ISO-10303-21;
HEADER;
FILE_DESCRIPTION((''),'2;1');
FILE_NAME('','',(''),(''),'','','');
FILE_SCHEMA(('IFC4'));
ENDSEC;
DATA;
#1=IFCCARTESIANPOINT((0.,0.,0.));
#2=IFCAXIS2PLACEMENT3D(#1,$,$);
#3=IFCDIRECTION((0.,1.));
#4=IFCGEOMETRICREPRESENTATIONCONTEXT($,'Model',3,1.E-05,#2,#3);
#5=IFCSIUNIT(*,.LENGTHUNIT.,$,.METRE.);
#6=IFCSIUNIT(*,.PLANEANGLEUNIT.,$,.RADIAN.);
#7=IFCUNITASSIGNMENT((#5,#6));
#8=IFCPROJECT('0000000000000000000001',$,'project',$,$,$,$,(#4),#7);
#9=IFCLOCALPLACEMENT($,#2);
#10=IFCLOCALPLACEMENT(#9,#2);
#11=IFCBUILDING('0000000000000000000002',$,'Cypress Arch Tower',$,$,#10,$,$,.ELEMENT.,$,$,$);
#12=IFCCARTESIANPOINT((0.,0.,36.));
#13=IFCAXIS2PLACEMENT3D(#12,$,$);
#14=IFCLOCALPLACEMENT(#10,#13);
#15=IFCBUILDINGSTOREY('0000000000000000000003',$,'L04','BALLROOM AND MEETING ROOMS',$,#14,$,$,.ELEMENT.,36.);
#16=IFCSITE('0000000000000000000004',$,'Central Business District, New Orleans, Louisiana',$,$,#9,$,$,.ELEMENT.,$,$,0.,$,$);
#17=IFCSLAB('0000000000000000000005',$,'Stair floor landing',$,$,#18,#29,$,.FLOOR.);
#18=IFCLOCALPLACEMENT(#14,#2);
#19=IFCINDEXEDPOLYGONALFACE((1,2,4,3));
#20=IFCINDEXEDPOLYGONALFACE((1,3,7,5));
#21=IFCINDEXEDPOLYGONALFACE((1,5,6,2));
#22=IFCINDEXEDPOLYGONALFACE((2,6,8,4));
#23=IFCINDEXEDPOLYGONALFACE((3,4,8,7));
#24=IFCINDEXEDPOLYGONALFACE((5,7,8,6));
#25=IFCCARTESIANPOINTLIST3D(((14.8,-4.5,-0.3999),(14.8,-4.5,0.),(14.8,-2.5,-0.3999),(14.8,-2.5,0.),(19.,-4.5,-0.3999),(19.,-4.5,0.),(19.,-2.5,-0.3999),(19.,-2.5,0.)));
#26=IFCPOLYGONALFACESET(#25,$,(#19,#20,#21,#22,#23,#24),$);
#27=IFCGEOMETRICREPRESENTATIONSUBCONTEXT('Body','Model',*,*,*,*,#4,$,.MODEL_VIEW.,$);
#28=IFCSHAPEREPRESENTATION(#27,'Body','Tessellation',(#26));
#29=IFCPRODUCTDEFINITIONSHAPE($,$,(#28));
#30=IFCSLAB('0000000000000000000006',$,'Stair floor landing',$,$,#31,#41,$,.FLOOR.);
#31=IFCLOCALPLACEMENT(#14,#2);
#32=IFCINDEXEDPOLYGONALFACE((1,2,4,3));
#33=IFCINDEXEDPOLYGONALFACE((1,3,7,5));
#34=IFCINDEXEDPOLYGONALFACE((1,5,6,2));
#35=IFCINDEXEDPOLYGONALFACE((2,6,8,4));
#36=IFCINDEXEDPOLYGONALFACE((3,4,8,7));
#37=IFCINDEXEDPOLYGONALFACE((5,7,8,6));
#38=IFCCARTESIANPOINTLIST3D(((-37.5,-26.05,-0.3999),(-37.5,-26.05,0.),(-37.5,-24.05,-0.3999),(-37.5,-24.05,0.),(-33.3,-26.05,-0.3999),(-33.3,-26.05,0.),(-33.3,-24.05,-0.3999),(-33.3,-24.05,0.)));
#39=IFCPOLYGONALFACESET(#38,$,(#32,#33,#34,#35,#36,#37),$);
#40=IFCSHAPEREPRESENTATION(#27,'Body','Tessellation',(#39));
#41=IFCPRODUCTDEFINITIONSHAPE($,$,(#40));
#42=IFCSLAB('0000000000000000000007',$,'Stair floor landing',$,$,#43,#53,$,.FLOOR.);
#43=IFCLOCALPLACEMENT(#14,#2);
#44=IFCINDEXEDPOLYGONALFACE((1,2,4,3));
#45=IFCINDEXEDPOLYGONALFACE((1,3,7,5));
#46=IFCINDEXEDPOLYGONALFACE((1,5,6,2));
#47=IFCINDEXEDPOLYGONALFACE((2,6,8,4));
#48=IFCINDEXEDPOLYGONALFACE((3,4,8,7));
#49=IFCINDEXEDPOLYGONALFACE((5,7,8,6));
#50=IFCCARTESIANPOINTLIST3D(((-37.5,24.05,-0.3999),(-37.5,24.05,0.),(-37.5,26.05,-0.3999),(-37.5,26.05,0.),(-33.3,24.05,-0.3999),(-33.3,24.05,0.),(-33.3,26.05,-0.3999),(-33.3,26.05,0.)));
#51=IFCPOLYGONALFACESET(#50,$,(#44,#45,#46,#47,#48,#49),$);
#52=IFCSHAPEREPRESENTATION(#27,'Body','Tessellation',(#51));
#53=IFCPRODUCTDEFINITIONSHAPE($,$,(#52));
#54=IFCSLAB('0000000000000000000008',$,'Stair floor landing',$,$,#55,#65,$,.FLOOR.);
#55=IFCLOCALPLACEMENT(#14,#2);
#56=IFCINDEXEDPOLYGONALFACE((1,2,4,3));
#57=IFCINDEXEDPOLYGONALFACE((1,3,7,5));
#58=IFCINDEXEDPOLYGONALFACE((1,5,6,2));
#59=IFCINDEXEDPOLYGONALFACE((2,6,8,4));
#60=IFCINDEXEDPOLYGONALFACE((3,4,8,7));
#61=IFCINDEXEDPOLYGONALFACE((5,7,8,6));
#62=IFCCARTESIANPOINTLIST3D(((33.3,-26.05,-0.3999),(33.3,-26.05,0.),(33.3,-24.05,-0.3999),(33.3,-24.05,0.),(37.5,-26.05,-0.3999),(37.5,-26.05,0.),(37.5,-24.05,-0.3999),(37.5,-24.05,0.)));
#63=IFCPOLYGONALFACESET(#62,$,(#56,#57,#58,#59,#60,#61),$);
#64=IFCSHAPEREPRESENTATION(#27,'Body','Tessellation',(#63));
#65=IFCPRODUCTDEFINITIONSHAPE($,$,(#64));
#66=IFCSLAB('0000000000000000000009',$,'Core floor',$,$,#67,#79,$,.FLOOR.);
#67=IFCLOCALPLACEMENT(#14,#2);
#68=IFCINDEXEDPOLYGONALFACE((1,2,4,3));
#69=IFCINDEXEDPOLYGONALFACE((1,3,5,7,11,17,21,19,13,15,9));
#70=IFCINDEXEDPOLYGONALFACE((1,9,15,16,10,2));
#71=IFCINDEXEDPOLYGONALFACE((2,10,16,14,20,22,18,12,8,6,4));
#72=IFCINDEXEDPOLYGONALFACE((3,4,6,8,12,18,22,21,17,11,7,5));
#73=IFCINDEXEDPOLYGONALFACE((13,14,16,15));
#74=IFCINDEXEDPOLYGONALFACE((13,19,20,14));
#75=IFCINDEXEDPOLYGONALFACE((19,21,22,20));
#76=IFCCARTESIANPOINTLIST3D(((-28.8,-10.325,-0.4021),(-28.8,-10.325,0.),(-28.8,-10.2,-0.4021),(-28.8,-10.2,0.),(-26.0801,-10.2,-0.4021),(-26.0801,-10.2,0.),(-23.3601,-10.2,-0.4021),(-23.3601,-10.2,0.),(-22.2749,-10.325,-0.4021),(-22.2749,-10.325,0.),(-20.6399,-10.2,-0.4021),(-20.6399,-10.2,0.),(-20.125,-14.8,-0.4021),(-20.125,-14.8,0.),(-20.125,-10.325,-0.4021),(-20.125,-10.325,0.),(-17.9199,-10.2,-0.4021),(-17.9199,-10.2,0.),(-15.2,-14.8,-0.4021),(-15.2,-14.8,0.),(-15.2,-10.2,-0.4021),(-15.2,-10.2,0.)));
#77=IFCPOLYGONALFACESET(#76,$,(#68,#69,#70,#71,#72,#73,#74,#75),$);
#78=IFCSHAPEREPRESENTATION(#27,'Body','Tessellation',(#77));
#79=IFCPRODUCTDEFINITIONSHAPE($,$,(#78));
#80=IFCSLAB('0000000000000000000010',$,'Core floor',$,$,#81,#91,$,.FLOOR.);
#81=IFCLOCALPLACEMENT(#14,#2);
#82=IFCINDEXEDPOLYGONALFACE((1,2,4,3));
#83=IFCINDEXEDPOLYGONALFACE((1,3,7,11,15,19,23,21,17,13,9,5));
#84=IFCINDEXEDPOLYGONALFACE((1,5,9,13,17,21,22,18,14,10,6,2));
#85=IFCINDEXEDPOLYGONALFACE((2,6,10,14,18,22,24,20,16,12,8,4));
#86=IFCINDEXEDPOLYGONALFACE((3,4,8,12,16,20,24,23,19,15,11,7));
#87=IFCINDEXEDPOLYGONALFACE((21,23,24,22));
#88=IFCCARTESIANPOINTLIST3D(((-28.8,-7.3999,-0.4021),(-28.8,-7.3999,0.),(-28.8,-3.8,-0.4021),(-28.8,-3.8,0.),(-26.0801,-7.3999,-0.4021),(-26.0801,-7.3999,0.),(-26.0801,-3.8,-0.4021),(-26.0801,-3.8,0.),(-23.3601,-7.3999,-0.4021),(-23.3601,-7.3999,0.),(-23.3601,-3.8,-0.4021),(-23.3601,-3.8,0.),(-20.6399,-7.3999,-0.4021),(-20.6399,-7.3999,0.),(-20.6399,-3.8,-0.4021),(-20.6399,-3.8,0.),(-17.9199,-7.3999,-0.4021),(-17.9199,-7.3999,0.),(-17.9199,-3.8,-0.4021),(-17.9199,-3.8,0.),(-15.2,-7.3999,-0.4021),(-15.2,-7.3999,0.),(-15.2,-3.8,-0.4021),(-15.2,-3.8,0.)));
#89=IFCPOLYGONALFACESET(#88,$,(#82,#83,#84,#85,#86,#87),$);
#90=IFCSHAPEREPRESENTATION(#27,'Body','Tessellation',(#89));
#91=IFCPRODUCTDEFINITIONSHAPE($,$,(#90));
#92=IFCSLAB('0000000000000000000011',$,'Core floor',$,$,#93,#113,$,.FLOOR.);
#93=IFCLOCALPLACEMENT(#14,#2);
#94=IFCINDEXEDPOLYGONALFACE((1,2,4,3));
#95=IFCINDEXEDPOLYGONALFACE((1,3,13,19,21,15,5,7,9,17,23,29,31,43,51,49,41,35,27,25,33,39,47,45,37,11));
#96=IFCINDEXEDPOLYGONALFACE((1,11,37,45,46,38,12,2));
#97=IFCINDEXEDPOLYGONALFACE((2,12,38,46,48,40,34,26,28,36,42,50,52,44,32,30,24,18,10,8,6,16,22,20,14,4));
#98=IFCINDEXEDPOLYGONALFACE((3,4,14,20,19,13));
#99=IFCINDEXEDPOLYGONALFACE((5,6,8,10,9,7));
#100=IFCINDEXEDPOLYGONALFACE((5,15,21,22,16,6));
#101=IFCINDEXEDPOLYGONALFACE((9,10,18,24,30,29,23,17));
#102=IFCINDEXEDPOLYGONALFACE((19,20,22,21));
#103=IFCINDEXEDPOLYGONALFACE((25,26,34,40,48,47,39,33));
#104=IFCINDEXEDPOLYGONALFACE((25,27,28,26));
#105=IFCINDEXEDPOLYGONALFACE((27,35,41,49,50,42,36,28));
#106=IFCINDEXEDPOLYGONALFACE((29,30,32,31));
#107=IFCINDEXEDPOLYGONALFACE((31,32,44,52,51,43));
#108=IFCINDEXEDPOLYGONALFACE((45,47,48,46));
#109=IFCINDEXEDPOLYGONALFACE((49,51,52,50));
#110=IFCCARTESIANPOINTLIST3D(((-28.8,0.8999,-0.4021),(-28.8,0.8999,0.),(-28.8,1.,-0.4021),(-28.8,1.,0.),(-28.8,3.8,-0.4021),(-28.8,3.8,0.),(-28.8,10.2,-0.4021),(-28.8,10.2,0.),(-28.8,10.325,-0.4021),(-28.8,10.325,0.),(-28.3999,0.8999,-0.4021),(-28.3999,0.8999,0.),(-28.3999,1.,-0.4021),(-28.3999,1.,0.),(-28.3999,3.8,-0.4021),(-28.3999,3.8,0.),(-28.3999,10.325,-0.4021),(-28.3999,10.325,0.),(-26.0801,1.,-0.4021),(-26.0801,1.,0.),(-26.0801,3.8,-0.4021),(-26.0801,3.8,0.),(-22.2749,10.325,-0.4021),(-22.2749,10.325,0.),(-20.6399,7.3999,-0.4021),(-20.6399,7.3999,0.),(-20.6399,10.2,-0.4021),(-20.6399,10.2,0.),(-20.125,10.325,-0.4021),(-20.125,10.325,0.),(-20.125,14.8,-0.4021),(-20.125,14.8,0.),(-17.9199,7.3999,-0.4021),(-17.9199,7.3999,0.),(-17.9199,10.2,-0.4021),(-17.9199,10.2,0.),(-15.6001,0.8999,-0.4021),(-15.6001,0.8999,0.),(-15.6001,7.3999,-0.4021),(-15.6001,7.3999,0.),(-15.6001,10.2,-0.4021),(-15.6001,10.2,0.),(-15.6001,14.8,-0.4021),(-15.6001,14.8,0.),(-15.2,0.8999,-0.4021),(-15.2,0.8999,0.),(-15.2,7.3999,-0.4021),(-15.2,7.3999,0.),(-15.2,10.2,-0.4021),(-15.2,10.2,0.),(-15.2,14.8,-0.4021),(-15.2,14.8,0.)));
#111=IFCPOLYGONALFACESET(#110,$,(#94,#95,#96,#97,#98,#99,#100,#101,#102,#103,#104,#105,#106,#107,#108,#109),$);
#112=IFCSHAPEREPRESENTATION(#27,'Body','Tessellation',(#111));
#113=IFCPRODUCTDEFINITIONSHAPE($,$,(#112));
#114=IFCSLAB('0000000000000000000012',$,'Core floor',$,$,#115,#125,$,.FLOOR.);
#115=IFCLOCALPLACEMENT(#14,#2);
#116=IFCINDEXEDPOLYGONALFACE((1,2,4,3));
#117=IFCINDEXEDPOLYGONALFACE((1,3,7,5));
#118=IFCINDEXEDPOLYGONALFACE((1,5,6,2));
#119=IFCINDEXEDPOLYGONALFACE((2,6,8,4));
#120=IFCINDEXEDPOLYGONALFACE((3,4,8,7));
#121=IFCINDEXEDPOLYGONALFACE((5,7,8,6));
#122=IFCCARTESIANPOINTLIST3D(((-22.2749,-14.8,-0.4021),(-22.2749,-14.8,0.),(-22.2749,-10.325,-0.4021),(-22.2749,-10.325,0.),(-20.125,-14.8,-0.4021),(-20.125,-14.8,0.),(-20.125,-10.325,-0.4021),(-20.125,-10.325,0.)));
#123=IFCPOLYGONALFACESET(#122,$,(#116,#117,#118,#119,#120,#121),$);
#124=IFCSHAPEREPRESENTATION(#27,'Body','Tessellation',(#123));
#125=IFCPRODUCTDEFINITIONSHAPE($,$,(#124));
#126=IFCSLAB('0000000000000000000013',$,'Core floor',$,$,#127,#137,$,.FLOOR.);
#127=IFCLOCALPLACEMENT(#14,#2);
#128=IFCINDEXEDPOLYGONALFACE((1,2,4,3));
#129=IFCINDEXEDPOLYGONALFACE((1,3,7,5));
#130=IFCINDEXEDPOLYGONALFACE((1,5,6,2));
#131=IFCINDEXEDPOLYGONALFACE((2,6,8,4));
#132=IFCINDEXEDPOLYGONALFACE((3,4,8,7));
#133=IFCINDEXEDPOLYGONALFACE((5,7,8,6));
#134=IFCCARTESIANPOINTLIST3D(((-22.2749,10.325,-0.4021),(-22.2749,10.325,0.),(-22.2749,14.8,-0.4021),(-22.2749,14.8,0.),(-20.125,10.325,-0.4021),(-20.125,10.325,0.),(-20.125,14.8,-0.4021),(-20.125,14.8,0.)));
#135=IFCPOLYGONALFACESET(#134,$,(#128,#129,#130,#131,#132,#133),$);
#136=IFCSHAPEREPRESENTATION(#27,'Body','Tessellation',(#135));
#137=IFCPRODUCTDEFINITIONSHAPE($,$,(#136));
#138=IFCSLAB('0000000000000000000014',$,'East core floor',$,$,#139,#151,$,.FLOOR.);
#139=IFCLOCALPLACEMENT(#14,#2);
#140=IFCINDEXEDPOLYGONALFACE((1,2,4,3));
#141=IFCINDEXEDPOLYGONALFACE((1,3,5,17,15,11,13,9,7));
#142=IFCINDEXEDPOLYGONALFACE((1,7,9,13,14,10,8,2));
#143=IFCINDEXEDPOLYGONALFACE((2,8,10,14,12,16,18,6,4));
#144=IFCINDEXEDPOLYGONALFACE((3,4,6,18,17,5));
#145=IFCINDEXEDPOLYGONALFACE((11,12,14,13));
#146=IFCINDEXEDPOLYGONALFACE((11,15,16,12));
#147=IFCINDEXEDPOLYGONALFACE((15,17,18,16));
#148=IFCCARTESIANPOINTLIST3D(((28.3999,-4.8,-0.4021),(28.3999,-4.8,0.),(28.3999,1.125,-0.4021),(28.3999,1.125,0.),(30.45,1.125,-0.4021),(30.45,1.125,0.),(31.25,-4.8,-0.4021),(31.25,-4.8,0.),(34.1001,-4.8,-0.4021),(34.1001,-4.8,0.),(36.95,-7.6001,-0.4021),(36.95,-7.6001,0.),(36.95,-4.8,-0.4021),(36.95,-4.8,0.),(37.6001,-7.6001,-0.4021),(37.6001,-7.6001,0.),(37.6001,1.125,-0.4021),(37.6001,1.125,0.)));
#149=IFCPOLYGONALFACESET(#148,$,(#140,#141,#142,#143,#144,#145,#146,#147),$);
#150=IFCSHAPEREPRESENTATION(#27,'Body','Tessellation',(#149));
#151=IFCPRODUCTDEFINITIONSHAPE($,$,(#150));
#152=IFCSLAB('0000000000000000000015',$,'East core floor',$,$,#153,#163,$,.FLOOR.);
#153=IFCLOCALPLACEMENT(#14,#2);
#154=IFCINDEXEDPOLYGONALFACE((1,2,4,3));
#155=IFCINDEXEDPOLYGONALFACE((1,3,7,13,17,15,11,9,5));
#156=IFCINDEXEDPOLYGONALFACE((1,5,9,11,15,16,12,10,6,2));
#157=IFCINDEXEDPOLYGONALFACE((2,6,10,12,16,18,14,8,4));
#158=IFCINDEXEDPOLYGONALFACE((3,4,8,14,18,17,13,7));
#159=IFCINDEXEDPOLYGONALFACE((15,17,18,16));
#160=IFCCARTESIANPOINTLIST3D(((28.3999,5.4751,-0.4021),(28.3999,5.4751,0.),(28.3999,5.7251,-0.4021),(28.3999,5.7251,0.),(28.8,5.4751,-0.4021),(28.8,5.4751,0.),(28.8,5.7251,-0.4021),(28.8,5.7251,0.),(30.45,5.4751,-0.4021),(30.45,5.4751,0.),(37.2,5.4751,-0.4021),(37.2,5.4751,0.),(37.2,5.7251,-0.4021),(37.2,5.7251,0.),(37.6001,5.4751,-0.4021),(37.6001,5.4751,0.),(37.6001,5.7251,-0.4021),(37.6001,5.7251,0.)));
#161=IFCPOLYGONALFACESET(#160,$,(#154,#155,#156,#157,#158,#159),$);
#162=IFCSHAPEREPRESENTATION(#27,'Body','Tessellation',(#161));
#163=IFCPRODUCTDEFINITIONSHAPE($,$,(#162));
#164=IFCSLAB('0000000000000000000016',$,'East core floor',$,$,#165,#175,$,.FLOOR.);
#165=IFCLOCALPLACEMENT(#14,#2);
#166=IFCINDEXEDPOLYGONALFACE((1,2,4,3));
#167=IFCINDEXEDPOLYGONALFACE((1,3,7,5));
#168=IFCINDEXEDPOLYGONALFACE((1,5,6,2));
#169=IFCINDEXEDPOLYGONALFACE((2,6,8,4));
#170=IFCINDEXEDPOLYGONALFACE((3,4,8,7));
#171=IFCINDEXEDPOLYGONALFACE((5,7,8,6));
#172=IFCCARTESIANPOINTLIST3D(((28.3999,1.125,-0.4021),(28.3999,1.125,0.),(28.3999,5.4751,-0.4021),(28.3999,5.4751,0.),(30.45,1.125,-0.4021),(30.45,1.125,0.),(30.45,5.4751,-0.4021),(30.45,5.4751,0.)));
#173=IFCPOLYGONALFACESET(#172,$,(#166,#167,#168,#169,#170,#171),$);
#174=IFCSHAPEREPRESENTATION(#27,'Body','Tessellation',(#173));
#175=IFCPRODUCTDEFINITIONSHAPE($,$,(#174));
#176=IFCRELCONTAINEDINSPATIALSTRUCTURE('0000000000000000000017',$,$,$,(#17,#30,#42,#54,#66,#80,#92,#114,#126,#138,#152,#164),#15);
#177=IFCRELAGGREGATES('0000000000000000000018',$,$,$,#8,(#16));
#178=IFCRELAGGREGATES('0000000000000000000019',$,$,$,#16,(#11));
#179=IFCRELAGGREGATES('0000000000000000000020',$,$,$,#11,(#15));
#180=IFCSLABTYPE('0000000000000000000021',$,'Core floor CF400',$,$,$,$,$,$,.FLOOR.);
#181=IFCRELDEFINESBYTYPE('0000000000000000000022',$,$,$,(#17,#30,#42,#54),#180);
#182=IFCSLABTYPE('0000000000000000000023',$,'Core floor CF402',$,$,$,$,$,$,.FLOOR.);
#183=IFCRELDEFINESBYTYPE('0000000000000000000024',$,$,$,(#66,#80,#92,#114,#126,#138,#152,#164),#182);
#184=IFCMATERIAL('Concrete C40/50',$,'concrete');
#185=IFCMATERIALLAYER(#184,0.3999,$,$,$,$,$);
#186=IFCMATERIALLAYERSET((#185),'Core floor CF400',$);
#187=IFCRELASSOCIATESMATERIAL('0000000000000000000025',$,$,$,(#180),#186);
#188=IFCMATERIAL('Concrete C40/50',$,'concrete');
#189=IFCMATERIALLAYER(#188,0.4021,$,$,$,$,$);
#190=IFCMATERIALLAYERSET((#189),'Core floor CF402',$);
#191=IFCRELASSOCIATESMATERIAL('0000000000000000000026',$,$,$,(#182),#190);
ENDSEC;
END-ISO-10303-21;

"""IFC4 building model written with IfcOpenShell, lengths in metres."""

from ifc_helpers import new_model, si_unit, direction, frame, origin, place, context, subcontext, project, spatial, polyline, outline, extrude, material, layer, layer_set, type_object, element, save


model = new_model("IFC4")

# Units and contexts
model_context = context("Model", 3, precision=1e-05, world=origin(), true_north=direction((0.0, 1.0)))
body_context = subcontext(model_context, "Body", "Model", "MODEL_VIEW")
ifc_project = project(units=[si_unit("LENGTHUNIT", "METRE"), si_unit("PLANEANGLEUNIT", "RADIAN")], contexts=[model_context])

# Site, building, storey
site_placement = place(None, origin())
site = spatial("IfcSite", under=ifc_project, at=site_placement, Name="Central Business District, New Orleans, Louisiana", CompositionType="ELEMENT", RefElevation=0.0)
building_placement = place(site_placement, origin())
building = spatial("IfcBuilding", under=site, at=building_placement, Name="Cypress Arch Tower", CompositionType="ELEMENT")
storey_placement = place(building_placement, frame((0.0, 0.0, 36.0)))
storey = spatial("IfcBuildingStorey", under=building, at=storey_placement, Name="L04", Description="BALLROOM AND MEETING ROOMS", CompositionType="ELEMENT", Elevation=36.0)

# Slabs
ifc_material_1 = material(Name="Concrete C40/50", Category="concrete")
ifc_layer_1 = layer(ifc_material_1, 0.3999)
ifc_layer_set_1 = layer_set([ifc_layer_1], Name="Core floor CF400")
slab_type_1 = type_object("IfcSlabType", Name="Core floor CF400", PredefinedType="FLOOR", material=ifc_layer_set_1)
slab_1_placement = place(storey_placement, frame((0.0, 0.0, -0.3999)))
element("IfcSlab", 1, at=slab_1_placement, inside=storey, type_object=slab_type_1, Name="Stair floor landing", PredefinedType="FLOOR", context=body_context, shape_type="SweptSolid", body=[
    extrude(outline(polyline([(19.0, -4.5), (19.0, -2.5), (14.8, -2.5), (14.8, -4.5), (19.0, -4.5)])), origin(), (0.0, 0.0, 1.0), 0.3999),
])
slab_2_placement = place(storey_placement, frame((0.0, 0.0, -0.3999)))
element("IfcSlab", 2, at=slab_2_placement, inside=storey, type_object=slab_type_1, Name="Stair floor landing", PredefinedType="FLOOR", context=body_context, shape_type="SweptSolid", body=[
    extrude(outline(polyline([(-33.3, -26.05), (-33.3, -24.05), (-37.5, -24.05), (-37.5, -26.05), (-33.3, -26.05)])), origin(), (0.0, 0.0, 1.0), 0.3999),
])
slab_3_placement = place(storey_placement, frame((0.0, 0.0, -0.3999)))
element("IfcSlab", 3, at=slab_3_placement, inside=storey, type_object=slab_type_1, Name="Stair floor landing", PredefinedType="FLOOR", context=body_context, shape_type="SweptSolid", body=[
    extrude(outline(polyline([(-37.5, 26.05), (-37.5, 24.05), (-33.3, 24.05), (-33.3, 26.05), (-37.5, 26.05)])), origin(), (0.0, 0.0, 1.0), 0.3999),
])
slab_4_placement = place(storey_placement, frame((0.0, 0.0, -0.3999)))
element("IfcSlab", 4, at=slab_4_placement, inside=storey, type_object=slab_type_1, Name="Stair floor landing", PredefinedType="FLOOR", context=body_context, shape_type="SweptSolid", body=[
    extrude(outline(polyline([(37.5, -26.05), (37.5, -24.05), (33.3, -24.05), (33.3, -26.05), (37.5, -26.05)])), origin(), (0.0, 0.0, 1.0), 0.3999),
])
ifc_material_2 = material(Name="Concrete C40/50", Category="concrete")
ifc_layer_2 = layer(ifc_material_2, 0.4021)
ifc_layer_set_2 = layer_set([ifc_layer_2], Name="Core floor CF402")
slab_type_2 = type_object("IfcSlabType", Name="Core floor CF402", PredefinedType="FLOOR", material=ifc_layer_set_2)
slab_5_placement = place(storey_placement, frame((0.0, 0.0, -0.4021)))
element("IfcSlab", 5, at=slab_5_placement, inside=storey, type_object=slab_type_2, Name="Core floor", PredefinedType="FLOOR", context=body_context, shape_type="SweptSolid", body=[
    extrude(outline(polyline([(-20.125, -14.8), (-15.2, -14.8), (-15.2, -10.2), (-17.9199, -10.2), (-20.6399, -10.2), (-23.3601, -10.2), (-26.0801, -10.2), (-28.8, -10.2), (-28.8, -10.325), (-22.2749, -10.325), (-20.125, -10.325), (-20.125, -14.8)])), origin(), (0.0, 0.0, 1.0), 0.4021),
])
slab_6_placement = place(storey_placement, frame((0.0, 0.0, -0.4021)))
element("IfcSlab", 6, at=slab_6_placement, inside=storey, type_object=slab_type_2, Name="Core floor", PredefinedType="FLOOR", context=body_context, shape_type="SweptSolid", body=[
    extrude(outline(polyline([(-28.8, -3.8), (-28.8, -7.3999), (-26.0801, -7.3999), (-23.3601, -7.3999), (-20.6399, -7.3999), (-17.9199, -7.3999), (-15.2, -7.3999), (-15.2, -3.8), (-17.9199, -3.8), (-20.6399, -3.8), (-23.3601, -3.8), (-26.0801, -3.8), (-28.8, -3.8)])), origin(), (0.0, 0.0, 1.0), 0.4021),
])
slab_7_placement = place(storey_placement, frame((0.0, 0.0, -0.4021)))
element("IfcSlab", 7, at=slab_7_placement, inside=storey, type_object=slab_type_2, Name="Core floor", PredefinedType="FLOOR", context=body_context, shape_type="SweptSolid", body=[
    extrude(outline(polyline([(-28.8, 3.8), (-28.8, 10.2), (-28.8, 10.325), (-28.3999, 10.325), (-22.2749, 10.325), (-20.125, 10.325), (-20.125, 14.8), (-15.6001, 14.8), (-15.2, 14.8), (-15.2, 10.2), (-15.6001, 10.2), (-17.9199, 10.2), (-20.6399, 10.2), (-20.6399, 7.3999), (-17.9199, 7.3999), (-15.6001, 7.3999), (-15.2, 7.3999), (-15.2, 0.8999), (-15.6001, 0.8999), (-28.3999, 0.8999), (-28.8, 0.8999), (-28.8, 1.0), (-28.3999, 1.0), (-26.0801, 1.0), (-26.0801, 3.8), (-28.3999, 3.8), (-28.8, 3.8)])), origin(), (0.0, 0.0, 1.0), 0.4021),
])
slab_8_placement = place(storey_placement, frame((0.0, 0.0, -0.4021)))
element("IfcSlab", 8, at=slab_8_placement, inside=storey, type_object=slab_type_2, Name="Core floor", PredefinedType="FLOOR", context=body_context, shape_type="SweptSolid", body=[
    extrude(outline(polyline([(-22.2749, -10.325), (-22.2749, -14.8), (-20.125, -14.8), (-20.125, -10.325), (-22.2749, -10.325)])), origin(), (0.0, 0.0, 1.0), 0.4021),
])
slab_9_placement = place(storey_placement, frame((0.0, 0.0, -0.4021)))
element("IfcSlab", 9, at=slab_9_placement, inside=storey, type_object=slab_type_2, Name="Core floor", PredefinedType="FLOOR", context=body_context, shape_type="SweptSolid", body=[
    extrude(outline(polyline([(-20.125, 14.8), (-22.2749, 14.8), (-22.2749, 10.325), (-20.125, 10.325), (-20.125, 14.8)])), origin(), (0.0, 0.0, 1.0), 0.4021),
])
slab_10_placement = place(storey_placement, frame((0.0, 0.0, -0.4021)))
element("IfcSlab", 10, at=slab_10_placement, inside=storey, type_object=slab_type_2, Name="East core floor", PredefinedType="FLOOR", context=body_context, shape_type="SweptSolid", body=[
    extrude(outline(polyline([(37.6001, -7.6001), (37.6001, 1.125), (30.45, 1.125), (28.3999, 1.125), (28.3999, -4.8), (31.25, -4.8), (34.1001, -4.8), (36.95, -4.8), (36.95, -7.6001), (37.6001, -7.6001)])), origin(), (0.0, 0.0, 1.0), 0.4021),
])
slab_11_placement = place(storey_placement, frame((0.0, 0.0, -0.4021)))
element("IfcSlab", 11, at=slab_11_placement, inside=storey, type_object=slab_type_2, Name="East core floor", PredefinedType="FLOOR", context=body_context, shape_type="SweptSolid", body=[
    extrude(outline(polyline([(30.45, 5.4751), (28.8, 5.4751), (28.3999, 5.4751), (28.3999, 5.7251), (28.8, 5.7251), (37.2, 5.7251), (37.6001, 5.7251), (37.6001, 5.4751), (37.2, 5.4751), (30.45, 5.4751)])), origin(), (0.0, 0.0, 1.0), 0.4021),
])
slab_12_placement = place(storey_placement, frame((0.0, 0.0, -0.4021)))
element("IfcSlab", 12, at=slab_12_placement, inside=storey, type_object=slab_type_2, Name="East core floor", PredefinedType="FLOOR", context=body_context, shape_type="SweptSolid", body=[
    extrude(outline(polyline([(30.45, 5.4751), (28.3999, 5.4751), (28.3999, 1.125), (30.45, 1.125), (30.45, 5.4751)])), origin(), (0.0, 0.0, 1.0), 0.4021),
])

save(model, "model.ifc")
